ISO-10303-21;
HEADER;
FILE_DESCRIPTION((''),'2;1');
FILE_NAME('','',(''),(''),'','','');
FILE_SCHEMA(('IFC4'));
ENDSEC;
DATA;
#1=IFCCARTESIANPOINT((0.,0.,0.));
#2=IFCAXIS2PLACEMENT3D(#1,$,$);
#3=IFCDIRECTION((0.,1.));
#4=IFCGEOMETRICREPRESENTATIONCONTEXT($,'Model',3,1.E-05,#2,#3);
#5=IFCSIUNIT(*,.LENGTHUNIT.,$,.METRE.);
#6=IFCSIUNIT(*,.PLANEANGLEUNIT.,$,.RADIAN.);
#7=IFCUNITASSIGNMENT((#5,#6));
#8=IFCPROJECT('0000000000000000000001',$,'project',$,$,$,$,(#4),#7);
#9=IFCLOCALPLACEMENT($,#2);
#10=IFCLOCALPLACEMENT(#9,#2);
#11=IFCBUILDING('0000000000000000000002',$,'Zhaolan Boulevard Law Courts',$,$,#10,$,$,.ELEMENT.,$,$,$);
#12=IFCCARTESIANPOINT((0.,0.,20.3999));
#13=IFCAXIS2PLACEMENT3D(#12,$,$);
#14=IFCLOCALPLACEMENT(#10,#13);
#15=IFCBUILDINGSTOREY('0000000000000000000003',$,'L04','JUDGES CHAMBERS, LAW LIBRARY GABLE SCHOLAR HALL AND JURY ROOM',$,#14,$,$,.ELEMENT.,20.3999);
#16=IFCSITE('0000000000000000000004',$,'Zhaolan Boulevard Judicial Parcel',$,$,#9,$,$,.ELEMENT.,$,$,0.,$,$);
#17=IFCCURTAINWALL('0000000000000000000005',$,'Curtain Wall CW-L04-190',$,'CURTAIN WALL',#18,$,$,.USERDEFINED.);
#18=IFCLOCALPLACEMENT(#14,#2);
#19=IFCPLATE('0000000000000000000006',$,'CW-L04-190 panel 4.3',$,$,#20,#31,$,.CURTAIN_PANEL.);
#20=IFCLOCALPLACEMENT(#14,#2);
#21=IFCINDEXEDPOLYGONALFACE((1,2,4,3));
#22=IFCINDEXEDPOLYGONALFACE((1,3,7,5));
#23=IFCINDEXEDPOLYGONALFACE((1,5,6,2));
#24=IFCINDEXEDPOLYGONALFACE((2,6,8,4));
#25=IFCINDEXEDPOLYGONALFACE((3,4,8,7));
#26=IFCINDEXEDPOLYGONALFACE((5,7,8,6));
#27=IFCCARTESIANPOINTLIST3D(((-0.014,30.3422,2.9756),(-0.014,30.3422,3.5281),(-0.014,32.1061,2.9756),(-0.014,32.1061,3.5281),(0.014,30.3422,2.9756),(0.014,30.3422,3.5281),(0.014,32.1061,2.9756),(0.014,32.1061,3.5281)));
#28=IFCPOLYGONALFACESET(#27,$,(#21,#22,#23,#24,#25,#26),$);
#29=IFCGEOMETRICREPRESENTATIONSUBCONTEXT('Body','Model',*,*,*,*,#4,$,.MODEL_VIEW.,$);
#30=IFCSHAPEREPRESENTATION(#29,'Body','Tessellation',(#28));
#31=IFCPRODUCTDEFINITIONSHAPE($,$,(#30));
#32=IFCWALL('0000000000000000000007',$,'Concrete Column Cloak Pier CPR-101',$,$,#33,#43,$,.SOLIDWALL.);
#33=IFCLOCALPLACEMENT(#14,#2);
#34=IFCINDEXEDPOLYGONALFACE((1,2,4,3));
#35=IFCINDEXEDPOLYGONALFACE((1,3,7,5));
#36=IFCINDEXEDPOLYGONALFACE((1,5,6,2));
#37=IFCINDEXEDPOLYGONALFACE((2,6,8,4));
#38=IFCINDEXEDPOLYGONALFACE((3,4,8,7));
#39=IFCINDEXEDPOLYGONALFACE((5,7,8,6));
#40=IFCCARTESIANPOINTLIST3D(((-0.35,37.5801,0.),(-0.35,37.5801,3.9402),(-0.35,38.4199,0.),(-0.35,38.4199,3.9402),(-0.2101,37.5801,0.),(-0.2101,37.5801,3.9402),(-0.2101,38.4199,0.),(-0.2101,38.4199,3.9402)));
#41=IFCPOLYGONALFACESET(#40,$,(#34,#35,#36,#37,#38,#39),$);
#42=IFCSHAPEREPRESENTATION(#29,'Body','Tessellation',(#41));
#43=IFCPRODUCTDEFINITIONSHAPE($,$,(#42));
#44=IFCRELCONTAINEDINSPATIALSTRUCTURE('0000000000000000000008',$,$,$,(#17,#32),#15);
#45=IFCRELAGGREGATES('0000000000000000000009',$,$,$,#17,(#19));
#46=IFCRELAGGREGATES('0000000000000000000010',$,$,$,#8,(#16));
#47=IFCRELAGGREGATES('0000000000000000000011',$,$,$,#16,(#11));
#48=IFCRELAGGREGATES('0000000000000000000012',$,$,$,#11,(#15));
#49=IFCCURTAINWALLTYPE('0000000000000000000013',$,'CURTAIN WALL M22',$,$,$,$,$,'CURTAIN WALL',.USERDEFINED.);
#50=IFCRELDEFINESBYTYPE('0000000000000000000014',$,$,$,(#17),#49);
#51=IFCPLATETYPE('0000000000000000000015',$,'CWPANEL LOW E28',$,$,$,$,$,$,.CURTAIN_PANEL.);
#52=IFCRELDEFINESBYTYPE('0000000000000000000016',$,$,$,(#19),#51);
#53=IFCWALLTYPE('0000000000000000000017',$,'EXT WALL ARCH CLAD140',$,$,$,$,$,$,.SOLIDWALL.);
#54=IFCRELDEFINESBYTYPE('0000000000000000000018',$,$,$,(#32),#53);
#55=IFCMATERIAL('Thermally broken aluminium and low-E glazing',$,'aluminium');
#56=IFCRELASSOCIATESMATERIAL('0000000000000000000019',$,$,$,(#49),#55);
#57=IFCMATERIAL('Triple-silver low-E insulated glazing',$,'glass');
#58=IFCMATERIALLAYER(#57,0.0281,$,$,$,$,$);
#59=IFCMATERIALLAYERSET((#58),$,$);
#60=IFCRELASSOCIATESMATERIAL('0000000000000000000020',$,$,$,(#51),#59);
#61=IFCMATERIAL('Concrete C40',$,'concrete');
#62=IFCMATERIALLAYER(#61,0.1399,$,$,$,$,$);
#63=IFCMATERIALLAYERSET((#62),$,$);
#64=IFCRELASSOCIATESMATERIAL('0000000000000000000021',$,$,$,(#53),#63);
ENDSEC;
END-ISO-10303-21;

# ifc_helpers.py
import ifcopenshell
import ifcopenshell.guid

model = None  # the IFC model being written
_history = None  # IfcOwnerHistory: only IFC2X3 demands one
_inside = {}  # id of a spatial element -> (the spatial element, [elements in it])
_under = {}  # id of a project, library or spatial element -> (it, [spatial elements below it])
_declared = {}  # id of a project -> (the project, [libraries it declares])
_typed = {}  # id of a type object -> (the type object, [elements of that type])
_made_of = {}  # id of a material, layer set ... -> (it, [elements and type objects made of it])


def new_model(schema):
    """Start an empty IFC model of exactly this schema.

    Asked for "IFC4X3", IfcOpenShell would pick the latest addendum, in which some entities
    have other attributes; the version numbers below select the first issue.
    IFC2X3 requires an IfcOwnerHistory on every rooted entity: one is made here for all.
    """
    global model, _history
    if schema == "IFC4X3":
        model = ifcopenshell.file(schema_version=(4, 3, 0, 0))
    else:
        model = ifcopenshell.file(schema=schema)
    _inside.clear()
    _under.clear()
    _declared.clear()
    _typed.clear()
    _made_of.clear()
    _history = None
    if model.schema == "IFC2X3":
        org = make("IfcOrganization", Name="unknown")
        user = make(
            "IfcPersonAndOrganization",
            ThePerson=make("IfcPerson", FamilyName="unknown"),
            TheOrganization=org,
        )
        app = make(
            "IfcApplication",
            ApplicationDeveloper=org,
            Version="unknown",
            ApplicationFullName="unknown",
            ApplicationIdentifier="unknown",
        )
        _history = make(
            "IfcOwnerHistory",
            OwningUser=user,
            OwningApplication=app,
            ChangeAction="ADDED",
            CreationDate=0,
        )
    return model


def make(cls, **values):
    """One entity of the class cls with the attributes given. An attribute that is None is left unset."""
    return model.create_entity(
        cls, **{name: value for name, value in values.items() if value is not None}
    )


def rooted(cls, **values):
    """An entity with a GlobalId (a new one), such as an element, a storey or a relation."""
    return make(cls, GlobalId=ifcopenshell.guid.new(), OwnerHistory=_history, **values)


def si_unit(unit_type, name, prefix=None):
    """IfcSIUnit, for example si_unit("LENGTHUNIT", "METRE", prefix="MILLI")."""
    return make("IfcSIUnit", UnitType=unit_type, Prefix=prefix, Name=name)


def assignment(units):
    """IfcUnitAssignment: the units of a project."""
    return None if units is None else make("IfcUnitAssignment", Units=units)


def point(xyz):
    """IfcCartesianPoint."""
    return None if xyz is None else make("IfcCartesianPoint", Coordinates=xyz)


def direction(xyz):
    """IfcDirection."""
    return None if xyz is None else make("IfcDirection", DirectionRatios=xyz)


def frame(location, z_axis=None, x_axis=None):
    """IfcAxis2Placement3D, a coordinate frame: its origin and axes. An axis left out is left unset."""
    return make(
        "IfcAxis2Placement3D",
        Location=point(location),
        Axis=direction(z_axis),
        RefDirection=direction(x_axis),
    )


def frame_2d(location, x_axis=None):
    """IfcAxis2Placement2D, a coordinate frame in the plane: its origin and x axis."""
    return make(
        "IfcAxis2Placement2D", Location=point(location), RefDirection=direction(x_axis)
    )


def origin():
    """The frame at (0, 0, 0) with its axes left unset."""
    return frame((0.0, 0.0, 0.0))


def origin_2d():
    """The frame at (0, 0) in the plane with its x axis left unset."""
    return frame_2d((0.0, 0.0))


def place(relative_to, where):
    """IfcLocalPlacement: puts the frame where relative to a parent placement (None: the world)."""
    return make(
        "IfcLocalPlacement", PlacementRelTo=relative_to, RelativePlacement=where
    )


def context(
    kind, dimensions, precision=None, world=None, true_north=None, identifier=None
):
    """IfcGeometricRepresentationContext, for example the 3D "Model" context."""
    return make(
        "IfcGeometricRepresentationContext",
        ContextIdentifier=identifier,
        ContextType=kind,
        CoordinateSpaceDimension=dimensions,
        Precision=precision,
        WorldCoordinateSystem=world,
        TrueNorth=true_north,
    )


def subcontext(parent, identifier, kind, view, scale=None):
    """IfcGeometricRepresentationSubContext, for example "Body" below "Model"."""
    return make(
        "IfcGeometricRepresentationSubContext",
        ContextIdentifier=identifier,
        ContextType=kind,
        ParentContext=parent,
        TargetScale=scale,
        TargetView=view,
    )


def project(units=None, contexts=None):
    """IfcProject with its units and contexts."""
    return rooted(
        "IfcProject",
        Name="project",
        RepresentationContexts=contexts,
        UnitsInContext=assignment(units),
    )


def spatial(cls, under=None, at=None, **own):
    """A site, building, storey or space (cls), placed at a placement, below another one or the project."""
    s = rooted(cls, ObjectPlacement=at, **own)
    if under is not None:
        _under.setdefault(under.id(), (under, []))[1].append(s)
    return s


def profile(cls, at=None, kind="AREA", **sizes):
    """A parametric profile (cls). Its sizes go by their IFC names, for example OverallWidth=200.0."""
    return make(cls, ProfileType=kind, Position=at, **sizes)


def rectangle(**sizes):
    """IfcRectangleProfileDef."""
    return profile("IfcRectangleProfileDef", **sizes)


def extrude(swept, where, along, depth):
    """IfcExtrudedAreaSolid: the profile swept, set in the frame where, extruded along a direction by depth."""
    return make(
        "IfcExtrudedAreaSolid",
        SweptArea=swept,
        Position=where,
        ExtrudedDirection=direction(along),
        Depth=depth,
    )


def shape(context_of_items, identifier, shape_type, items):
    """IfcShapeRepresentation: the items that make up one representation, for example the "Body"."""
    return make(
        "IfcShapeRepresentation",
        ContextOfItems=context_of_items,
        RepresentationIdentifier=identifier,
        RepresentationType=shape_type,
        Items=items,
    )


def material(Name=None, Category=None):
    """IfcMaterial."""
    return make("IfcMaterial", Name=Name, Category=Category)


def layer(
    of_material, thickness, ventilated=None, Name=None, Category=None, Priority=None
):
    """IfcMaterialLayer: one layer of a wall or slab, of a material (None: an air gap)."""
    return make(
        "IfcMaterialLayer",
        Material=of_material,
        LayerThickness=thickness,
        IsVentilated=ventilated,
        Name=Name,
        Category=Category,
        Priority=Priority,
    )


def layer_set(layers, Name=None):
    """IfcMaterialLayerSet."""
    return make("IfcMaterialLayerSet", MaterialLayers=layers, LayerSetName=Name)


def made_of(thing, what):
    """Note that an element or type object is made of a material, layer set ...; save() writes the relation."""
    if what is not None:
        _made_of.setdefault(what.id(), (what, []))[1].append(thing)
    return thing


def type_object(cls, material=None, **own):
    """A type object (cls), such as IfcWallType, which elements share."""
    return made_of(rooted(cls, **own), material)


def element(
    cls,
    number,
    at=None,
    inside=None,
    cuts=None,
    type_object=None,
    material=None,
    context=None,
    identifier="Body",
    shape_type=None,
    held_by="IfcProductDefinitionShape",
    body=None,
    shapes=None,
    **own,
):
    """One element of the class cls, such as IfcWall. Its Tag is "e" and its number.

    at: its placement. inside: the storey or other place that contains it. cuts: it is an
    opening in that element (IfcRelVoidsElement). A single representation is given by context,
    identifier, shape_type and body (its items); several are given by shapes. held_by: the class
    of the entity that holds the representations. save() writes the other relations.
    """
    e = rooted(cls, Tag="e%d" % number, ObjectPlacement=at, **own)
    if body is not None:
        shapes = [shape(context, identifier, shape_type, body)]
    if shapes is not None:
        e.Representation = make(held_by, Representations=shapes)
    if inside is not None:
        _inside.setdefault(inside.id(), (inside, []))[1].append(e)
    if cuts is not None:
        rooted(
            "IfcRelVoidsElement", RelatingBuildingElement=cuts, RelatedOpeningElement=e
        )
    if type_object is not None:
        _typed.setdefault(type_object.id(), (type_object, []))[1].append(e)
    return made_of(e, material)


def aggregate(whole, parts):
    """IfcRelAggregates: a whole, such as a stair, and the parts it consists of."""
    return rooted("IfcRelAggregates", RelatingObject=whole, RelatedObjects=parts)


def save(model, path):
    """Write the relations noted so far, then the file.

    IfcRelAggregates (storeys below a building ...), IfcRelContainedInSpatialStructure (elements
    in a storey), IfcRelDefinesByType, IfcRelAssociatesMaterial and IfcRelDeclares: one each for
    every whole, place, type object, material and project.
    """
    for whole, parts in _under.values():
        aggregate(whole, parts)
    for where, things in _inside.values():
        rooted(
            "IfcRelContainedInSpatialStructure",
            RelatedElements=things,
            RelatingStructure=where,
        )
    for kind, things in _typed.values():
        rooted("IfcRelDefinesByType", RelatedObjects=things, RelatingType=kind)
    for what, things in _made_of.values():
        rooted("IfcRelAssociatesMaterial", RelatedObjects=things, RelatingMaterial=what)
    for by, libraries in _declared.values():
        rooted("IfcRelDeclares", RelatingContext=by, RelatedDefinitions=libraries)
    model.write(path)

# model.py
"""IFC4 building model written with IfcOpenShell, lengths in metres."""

from ifc_helpers import new_model, si_unit, direction, frame, frame_2d, origin, origin_2d, place, context, subcontext, project, spatial, rectangle, extrude, material, layer, layer_set, type_object, element, aggregate, save


model = new_model("IFC4")

# Units and contexts
model_context = context("Model", 3, precision=1e-05, world=origin(), true_north=direction((0.0, 1.0)))
body_context = subcontext(model_context, "Body", "Model", "MODEL_VIEW")
ifc_project = project(units=[si_unit("LENGTHUNIT", "METRE"), si_unit("PLANEANGLEUNIT", "RADIAN")], contexts=[model_context])

# Site, building, storey
site_placement = place(None, origin())
site = spatial("IfcSite", under=ifc_project, at=site_placement, Name="Zhaolan Boulevard Judicial Parcel", CompositionType="ELEMENT", RefElevation=0.0)
building_placement = place(site_placement, origin())
building = spatial("IfcBuilding", under=site, at=building_placement, Name="Zhaolan Boulevard Law Courts", CompositionType="ELEMENT")
storey_placement = place(building_placement, frame((0.0, 0.0, 20.3999)))
storey = spatial("IfcBuildingStorey", under=building, at=storey_placement, Name="L04", Description="JUDGES CHAMBERS, LAW LIBRARY GABLE SCHOLAR HALL AND JURY ROOM", CompositionType="ELEMENT", Elevation=20.3999)

# Curtain wall
ifc_material_1 = material(Name="Thermally broken aluminium and low-E glazing", Category="aluminium")
curtain_wall_type = type_object("IfcCurtainWallType", Name="CURTAIN WALL M22", ElementType="CURTAIN WALL", PredefinedType="USERDEFINED", material=ifc_material_1)
curtain_wall_placement = place(storey_placement, origin())
curtain_wall = element("IfcCurtainWall", 1, at=curtain_wall_placement, inside=storey, type_object=curtain_wall_type, Name="Curtain Wall CW-L04-190", ObjectType="CURTAIN WALL", PredefinedType="USERDEFINED")

# Plate
ifc_material_2 = material(Name="Triple-silver low-E insulated glazing", Category="glass")
ifc_layer_1 = layer(ifc_material_2, 0.0281)
ifc_layer_set_1 = layer_set([ifc_layer_1])
plate_type = type_object("IfcPlateType", Name="CWPANEL LOW E28", PredefinedType="CURTAIN_PANEL", material=ifc_layer_set_1)
plate_1_placement = place(storey_placement, frame((0.0, 31.2241, 2.9756), z_axis=(0.0, 0.0, 1.0), x_axis=(0.0, -1.0, 0.0)))
plate_1 = element("IfcPlate", 2, at=plate_1_placement, type_object=plate_type, Name="CW-L04-190 panel 4.3", PredefinedType="CURTAIN_PANEL", context=body_context, shape_type="SweptSolid", body=[
    extrude(rectangle(XDim=1.7639, YDim=0.0281, at=origin_2d()), origin(), (0.0, 0.0, 1.0), 0.5525),
])
aggregate(curtain_wall, [plate_1])

# Wall
ifc_material_3 = material(Name="Concrete C40", Category="concrete")
ifc_layer_2 = layer(ifc_material_3, 0.1399)
ifc_layer_set_2 = layer_set([ifc_layer_2])
wall_type = type_object("IfcWallType", Name="EXT WALL ARCH CLAD140", PredefinedType="SOLIDWALL", material=ifc_layer_set_2)
wall_placement = place(storey_placement, frame((-0.28, 37.5801, 0.0), z_axis=(0.0, 0.0, 1.0), x_axis=(0.0, 1.0, 0.0)))
element("IfcWall", 3, at=wall_placement, inside=storey, type_object=wall_type, Name="Concrete Column Cloak Pier CPR-101", PredefinedType="SOLIDWALL", context=body_context, shape_type="SweptSolid", body=[
    extrude(rectangle(XDim=0.8398, YDim=0.1399, at=frame_2d((0.4199, 0.0))), origin(), (0.0, 0.0, 1.0), 3.9402),
])

save(model, "model.ifc")
